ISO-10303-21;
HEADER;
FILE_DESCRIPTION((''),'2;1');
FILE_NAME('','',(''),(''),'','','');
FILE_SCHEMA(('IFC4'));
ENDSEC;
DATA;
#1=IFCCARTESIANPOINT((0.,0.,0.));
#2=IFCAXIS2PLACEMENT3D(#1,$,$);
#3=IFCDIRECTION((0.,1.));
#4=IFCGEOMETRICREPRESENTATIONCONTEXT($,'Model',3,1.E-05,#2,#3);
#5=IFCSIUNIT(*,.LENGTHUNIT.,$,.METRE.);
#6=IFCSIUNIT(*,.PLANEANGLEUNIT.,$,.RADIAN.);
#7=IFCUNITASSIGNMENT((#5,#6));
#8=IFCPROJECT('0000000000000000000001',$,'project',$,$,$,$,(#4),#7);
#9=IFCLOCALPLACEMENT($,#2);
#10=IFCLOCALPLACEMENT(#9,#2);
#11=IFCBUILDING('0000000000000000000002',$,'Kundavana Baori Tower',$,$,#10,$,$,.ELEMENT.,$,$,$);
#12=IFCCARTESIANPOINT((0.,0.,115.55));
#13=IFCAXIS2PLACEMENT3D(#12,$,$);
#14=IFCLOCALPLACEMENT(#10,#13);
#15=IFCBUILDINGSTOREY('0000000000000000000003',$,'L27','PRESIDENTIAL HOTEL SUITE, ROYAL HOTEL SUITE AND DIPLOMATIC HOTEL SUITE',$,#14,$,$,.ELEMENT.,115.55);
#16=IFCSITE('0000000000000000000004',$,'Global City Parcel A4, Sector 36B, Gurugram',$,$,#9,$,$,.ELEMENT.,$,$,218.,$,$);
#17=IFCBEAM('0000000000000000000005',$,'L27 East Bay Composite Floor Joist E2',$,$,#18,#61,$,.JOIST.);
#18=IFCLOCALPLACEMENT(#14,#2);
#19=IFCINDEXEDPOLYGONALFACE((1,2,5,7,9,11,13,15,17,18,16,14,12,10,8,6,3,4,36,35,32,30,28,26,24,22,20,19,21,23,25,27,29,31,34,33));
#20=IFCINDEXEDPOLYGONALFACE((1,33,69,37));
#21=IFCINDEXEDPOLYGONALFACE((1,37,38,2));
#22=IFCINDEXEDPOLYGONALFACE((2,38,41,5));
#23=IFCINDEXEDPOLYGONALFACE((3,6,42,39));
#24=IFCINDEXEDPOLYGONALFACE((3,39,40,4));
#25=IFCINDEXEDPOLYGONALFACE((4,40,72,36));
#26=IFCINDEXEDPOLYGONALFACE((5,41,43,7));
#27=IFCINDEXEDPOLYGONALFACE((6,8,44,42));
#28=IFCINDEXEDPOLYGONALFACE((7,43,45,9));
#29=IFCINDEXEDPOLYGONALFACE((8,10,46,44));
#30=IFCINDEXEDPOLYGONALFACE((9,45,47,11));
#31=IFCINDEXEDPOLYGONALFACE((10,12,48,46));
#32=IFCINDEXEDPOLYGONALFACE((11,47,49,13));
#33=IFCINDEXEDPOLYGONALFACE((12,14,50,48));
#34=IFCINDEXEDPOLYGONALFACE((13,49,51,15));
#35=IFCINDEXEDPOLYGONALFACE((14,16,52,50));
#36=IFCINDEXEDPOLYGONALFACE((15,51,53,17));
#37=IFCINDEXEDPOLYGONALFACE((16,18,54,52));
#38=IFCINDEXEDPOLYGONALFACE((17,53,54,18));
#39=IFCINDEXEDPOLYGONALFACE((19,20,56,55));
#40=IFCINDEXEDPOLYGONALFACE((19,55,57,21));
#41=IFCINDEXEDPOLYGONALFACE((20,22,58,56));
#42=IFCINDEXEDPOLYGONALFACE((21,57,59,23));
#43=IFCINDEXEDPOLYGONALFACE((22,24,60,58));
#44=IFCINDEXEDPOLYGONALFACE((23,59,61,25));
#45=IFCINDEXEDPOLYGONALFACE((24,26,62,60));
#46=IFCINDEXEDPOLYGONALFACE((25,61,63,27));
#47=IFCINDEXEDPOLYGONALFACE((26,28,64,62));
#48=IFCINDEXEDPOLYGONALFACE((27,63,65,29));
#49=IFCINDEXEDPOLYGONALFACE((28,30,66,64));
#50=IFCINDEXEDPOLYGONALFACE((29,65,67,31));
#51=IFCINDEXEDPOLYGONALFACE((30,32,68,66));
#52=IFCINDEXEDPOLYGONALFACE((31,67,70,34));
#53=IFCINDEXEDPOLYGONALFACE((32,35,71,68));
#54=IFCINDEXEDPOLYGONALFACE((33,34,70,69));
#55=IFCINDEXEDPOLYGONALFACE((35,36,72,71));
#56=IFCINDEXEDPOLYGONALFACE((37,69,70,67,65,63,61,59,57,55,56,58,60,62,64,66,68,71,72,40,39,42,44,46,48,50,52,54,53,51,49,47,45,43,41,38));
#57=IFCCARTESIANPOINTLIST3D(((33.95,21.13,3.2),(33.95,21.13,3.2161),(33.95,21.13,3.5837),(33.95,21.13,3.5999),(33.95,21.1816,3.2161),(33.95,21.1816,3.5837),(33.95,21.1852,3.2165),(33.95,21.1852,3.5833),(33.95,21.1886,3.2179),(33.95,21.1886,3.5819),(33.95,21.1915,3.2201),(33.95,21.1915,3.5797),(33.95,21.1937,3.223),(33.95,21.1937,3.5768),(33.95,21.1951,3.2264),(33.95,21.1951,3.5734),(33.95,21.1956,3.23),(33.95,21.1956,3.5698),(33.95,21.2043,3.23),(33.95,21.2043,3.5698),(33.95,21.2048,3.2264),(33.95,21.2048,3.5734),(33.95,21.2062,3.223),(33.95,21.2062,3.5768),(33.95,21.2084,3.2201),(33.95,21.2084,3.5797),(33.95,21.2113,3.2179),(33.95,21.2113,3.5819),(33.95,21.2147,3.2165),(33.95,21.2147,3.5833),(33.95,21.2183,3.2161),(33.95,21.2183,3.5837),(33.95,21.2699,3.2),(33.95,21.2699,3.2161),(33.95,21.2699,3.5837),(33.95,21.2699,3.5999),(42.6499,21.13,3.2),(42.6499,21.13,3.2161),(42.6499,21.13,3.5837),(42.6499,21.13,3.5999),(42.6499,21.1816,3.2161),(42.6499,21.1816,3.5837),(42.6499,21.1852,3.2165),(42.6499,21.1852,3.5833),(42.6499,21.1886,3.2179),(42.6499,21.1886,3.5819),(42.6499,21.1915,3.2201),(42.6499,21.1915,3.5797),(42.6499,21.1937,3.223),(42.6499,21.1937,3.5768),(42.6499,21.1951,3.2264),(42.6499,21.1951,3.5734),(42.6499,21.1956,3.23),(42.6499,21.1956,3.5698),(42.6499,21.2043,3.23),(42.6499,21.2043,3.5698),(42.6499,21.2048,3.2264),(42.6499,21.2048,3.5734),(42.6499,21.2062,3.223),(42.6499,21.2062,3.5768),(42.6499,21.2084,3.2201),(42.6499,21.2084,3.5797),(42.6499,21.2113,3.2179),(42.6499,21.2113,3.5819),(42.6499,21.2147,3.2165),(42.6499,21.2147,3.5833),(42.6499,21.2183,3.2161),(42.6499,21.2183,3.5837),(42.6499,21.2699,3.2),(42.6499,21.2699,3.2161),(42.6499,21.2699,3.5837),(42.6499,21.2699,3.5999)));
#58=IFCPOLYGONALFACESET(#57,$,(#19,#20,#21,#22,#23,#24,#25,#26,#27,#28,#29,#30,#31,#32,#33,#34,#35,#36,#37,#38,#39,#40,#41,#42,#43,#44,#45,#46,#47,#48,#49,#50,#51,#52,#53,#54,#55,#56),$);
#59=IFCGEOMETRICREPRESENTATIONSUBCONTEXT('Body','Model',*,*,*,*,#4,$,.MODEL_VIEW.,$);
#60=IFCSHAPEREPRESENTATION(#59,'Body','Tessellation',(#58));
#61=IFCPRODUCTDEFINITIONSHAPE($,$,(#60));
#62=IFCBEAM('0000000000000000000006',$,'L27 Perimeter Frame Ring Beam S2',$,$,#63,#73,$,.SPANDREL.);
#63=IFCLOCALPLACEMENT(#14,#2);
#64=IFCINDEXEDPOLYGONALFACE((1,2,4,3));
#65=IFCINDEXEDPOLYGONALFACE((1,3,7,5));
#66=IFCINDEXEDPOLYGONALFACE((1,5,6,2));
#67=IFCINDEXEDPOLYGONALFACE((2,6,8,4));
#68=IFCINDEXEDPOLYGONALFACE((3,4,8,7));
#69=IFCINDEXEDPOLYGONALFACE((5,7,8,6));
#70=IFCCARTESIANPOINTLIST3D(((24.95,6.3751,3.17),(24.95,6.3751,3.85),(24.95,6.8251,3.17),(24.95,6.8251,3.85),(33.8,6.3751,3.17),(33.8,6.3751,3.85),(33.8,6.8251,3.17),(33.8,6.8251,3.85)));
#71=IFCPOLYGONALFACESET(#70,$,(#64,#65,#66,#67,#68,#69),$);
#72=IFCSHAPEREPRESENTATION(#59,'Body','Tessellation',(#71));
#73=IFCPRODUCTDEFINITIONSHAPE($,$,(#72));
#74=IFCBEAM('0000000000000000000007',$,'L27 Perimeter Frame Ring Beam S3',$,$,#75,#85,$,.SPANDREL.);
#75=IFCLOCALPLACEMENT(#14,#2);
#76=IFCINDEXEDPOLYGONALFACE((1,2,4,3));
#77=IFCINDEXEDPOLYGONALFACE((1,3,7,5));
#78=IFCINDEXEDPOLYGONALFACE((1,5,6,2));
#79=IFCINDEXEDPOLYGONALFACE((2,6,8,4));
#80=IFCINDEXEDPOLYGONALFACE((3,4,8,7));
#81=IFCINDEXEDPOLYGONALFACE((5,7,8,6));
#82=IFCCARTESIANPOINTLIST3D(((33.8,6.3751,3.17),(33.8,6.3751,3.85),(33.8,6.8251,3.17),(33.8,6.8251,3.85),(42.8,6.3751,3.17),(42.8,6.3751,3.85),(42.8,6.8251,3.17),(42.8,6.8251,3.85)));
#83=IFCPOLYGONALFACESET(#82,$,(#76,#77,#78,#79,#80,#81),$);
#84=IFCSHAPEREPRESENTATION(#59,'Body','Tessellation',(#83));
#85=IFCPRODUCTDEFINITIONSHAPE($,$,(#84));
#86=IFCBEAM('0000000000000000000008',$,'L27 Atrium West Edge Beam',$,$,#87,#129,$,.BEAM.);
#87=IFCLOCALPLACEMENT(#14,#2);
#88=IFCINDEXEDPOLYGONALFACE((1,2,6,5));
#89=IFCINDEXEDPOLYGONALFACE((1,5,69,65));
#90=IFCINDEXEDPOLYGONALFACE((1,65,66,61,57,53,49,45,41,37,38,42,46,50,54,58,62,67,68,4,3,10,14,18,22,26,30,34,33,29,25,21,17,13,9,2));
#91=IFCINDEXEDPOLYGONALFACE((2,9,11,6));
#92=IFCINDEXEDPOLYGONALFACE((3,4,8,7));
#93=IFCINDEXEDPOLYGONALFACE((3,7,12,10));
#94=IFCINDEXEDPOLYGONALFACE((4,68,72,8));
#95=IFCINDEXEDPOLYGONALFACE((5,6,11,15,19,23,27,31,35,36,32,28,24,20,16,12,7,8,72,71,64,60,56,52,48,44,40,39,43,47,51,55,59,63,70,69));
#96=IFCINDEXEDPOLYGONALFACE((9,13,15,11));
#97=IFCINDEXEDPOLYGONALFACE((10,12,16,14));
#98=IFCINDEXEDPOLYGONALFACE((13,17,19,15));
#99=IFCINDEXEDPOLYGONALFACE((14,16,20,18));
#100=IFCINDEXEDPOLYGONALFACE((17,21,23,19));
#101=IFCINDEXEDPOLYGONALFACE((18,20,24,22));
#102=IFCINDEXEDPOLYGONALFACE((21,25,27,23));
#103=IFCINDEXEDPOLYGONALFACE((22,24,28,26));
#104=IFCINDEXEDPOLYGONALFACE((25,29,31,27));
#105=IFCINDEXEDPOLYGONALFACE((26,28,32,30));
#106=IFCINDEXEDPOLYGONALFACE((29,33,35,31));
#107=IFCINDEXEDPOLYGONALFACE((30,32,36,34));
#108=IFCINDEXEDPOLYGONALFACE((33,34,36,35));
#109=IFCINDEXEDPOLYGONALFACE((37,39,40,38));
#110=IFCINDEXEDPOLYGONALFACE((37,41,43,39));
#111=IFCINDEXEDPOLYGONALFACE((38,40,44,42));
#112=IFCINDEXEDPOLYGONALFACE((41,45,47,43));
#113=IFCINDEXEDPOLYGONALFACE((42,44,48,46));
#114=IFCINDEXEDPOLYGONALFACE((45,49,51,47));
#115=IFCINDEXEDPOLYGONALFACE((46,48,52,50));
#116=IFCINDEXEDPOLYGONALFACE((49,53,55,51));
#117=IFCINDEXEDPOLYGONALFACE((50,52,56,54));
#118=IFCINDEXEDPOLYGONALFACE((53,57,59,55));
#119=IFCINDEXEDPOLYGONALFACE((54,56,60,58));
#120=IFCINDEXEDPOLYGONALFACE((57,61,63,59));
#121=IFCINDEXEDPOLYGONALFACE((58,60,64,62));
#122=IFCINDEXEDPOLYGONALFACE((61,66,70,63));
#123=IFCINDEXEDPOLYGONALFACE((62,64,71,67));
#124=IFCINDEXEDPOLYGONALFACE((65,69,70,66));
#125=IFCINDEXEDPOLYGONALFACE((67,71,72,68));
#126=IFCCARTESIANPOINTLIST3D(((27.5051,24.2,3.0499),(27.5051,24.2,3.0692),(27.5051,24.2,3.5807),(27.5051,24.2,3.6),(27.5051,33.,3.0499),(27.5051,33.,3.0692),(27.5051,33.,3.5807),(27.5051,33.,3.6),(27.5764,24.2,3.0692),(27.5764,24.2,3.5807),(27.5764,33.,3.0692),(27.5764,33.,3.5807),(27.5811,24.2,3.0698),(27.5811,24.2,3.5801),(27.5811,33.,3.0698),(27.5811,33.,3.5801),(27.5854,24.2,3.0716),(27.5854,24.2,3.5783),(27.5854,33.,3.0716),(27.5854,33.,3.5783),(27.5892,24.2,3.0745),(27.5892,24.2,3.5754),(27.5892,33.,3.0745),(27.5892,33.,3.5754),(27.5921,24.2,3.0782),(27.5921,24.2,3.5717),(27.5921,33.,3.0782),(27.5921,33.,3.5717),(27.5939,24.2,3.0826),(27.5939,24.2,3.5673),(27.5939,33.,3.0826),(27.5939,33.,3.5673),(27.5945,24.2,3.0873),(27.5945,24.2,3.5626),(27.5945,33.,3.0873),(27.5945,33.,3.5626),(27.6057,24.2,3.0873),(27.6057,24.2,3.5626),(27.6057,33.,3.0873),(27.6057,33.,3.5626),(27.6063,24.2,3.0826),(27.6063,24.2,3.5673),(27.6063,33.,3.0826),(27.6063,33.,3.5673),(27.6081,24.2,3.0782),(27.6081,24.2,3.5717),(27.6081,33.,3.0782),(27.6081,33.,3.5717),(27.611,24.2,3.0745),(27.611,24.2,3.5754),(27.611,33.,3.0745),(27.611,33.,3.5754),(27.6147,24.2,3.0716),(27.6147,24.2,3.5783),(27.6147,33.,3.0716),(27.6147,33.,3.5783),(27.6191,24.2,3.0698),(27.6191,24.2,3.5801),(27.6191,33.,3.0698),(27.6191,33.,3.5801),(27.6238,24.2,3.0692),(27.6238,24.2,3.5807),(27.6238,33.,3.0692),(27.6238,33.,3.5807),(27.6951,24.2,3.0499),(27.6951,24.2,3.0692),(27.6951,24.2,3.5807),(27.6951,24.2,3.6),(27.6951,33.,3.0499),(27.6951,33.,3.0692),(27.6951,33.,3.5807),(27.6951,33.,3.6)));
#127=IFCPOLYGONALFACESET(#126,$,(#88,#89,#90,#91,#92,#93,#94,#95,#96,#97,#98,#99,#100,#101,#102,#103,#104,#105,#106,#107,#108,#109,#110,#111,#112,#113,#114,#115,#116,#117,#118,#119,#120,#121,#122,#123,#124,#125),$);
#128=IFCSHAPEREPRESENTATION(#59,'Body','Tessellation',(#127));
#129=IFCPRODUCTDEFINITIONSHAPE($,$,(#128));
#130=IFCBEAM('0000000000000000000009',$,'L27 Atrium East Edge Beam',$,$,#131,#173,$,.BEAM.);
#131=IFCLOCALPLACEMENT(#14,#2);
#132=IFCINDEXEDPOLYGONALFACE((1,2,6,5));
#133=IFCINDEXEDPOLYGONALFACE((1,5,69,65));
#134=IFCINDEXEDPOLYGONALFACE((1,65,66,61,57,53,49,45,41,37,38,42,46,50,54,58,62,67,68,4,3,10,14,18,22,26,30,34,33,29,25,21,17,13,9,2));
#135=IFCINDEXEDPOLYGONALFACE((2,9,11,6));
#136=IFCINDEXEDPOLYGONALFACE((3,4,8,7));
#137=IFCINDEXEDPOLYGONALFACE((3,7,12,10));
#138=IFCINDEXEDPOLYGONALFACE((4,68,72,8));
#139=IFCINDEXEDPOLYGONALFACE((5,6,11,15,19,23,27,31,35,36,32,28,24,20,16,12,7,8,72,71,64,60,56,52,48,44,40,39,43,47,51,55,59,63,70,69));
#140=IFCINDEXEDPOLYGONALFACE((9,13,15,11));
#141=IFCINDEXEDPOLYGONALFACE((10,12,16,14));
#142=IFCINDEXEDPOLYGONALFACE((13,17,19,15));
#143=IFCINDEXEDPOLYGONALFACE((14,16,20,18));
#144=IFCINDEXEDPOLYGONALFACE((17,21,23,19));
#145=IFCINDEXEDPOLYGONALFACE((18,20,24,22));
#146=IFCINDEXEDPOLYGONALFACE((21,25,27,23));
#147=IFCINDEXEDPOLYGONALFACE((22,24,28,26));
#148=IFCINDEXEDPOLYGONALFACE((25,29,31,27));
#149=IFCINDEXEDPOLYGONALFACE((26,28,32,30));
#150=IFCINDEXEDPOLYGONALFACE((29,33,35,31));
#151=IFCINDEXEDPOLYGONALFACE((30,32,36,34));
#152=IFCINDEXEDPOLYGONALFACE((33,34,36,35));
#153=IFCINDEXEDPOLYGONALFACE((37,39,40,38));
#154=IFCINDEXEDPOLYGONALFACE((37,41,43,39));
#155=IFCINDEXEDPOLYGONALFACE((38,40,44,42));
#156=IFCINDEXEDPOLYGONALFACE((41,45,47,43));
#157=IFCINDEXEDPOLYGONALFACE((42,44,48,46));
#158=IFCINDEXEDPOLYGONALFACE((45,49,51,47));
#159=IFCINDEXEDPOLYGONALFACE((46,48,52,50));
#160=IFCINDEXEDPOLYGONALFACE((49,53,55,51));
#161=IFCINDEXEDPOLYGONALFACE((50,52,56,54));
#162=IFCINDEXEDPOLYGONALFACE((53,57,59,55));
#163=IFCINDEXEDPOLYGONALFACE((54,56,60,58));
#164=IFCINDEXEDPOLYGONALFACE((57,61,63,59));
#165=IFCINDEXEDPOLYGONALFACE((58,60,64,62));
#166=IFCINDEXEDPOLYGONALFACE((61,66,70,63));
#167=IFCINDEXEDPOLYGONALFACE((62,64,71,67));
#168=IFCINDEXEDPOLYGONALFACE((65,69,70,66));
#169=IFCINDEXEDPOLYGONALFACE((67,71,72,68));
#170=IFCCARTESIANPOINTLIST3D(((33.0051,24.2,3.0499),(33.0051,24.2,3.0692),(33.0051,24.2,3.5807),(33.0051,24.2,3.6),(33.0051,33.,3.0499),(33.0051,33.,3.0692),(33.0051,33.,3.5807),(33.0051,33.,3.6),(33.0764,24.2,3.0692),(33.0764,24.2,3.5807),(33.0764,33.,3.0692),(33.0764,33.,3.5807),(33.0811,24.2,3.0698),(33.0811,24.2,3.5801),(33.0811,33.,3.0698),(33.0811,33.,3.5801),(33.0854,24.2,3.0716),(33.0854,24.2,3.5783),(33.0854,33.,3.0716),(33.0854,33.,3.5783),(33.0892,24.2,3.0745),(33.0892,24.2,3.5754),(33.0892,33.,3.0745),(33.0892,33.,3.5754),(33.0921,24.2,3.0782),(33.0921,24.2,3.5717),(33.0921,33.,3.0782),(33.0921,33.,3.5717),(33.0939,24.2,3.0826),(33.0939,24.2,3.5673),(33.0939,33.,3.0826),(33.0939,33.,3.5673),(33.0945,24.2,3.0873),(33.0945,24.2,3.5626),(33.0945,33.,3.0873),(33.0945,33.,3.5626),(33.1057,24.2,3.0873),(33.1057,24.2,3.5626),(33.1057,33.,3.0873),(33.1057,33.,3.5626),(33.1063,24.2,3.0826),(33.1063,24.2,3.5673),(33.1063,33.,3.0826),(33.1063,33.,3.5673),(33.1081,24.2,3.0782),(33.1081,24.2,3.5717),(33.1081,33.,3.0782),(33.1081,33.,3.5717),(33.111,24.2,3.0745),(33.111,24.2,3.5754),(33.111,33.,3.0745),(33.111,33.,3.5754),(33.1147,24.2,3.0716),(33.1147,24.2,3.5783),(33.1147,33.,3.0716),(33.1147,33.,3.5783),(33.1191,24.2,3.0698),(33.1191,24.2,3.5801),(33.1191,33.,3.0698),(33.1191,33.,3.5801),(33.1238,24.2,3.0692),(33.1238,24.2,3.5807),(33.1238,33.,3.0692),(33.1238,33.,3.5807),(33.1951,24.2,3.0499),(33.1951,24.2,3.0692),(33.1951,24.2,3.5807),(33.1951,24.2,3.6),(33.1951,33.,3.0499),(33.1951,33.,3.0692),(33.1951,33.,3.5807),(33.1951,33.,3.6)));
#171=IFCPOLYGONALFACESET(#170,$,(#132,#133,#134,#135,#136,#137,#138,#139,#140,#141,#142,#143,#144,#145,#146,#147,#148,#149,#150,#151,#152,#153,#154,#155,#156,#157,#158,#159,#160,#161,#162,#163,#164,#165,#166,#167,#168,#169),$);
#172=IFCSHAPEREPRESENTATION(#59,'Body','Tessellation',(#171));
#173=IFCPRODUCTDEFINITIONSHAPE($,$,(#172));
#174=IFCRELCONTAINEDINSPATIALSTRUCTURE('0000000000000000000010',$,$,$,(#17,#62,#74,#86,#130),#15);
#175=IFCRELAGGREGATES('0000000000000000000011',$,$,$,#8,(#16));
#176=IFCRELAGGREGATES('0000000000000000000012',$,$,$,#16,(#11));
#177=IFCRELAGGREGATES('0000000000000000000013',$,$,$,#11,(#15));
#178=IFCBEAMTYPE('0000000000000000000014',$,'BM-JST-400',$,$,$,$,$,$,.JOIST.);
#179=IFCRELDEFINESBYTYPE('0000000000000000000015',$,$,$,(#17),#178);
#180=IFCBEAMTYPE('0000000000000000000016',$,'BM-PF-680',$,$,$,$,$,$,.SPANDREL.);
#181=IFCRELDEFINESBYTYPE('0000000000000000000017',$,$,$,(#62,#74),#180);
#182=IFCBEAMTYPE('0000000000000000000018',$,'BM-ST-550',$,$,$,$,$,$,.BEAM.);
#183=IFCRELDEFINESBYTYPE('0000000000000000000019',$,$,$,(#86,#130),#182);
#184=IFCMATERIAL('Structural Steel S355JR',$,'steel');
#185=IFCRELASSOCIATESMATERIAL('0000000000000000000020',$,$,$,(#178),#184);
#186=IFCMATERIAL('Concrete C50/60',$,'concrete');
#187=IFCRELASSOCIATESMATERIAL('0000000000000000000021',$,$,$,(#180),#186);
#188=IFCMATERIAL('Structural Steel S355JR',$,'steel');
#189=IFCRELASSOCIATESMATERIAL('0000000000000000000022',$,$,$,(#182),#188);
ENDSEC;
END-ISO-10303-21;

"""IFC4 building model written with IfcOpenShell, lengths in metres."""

from ifc_helpers import new_model, si_unit, direction, frame, origin, origin_2d, place, context, subcontext, project, spatial, rectangle, i_section, extrude, material, material_profile, profile_set, type_object, element, save


model = new_model("IFC4")

# Units and contexts
model_context = context("Model", 3, precision=1e-05, world=origin(), true_north=direction((0.0, 1.0)))
body_context = subcontext(model_context, "Body", "Model", "MODEL_VIEW")
ifc_project = project(units=[si_unit("LENGTHUNIT", "METRE"), si_unit("PLANEANGLEUNIT", "RADIAN")], contexts=[model_context])

# Site, building, storey
site_placement = place(None, origin())
site = spatial("IfcSite", under=ifc_project, at=site_placement, Name="Global City Parcel A4, Sector 36B, Gurugram", CompositionType="ELEMENT", RefElevation=218.0)
building_placement = place(site_placement, origin())
building = spatial("IfcBuilding", under=site, at=building_placement, Name="Kundavana Baori Tower", CompositionType="ELEMENT")
storey_placement = place(building_placement, frame((0.0, 0.0, 115.55)))
storey = spatial("IfcBuildingStorey", under=building, at=storey_placement, Name="L27", Description="PRESIDENTIAL HOTEL SUITE, ROYAL HOTEL SUITE AND DIPLOMATIC HOTEL SUITE", CompositionType="ELEMENT", Elevation=115.55)

# Beams
ifc_material_1 = material(Name="Structural Steel S355JR", Category="steel")
ifc_material_profile_1 = material_profile(ifc_material_1, i_section(OverallWidth=0.1399, OverallDepth=0.3999, WebThickness=0.0088, FlangeThickness=0.0161, FilletRadius=0.0139, at=origin_2d()), Name="ISMB 400")
ifc_profile_set_1 = profile_set([ifc_material_profile_1], Name="Structural Steel S355JR")
beam_type_1 = type_object("IfcBeamType", Name="BM-JST-400", PredefinedType="JOIST", material=ifc_profile_set_1)
for number, where, z_axis, x_axis, name in (
    (1, (33.95, 21.2, 3.3999), (1.0, 0.0, 0.0), (0.0, 1.0, 0.0), "L27 East Bay Composite Floor Joist E2"),
):
    element("IfcBeam", number, at=place(storey_placement, frame(where, z_axis=z_axis, x_axis=x_axis)), inside=storey, type_object=beam_type_1, Name=name, PredefinedType="JOIST", context=body_context, shape_type="SweptSolid", body=[
        extrude(i_section(OverallWidth=0.1399, OverallDepth=0.3999, WebThickness=0.0088, FlangeThickness=0.0161, FilletRadius=0.0139, at=origin_2d()), origin(), (0.0, 0.0, 1.0), 8.7),
    ])
ifc_material_2 = material(Name="Concrete C50/60", Category="concrete")
ifc_material_profile_2 = material_profile(ifc_material_2, rectangle(XDim=0.45, YDim=0.6799, at=origin_2d()), Name="RC BM 450x680")
ifc_profile_set_2 = profile_set([ifc_material_profile_2], Name="Concrete C50/60")
beam_type_2 = type_object("IfcBeamType", Name="BM-PF-680", PredefinedType="SPANDREL", material=ifc_profile_set_2)
beam_1_placement = place(storey_placement, frame((24.95, 6.6001, 3.51), z_axis=(1.0, 0.0, 0.0), x_axis=(0.0, 1.0, 0.0)))
element("IfcBeam", 2, at=beam_1_placement, inside=storey, type_object=beam_type_2, Name="L27 Perimeter Frame Ring Beam S2", PredefinedType="SPANDREL", context=body_context, shape_type="SweptSolid", body=[
    extrude(rectangle(XDim=0.45, YDim=0.6799, at=origin_2d()), origin(), (0.0, 0.0, 1.0), 8.8501),
])
beam_2_placement = place(storey_placement, frame((33.8, 6.6001, 3.51), z_axis=(1.0, 0.0, 0.0), x_axis=(0.0, 1.0, 0.0)))
element("IfcBeam", 3, at=beam_2_placement, inside=storey, type_object=beam_type_2, Name="L27 Perimeter Frame Ring Beam S3", PredefinedType="SPANDREL", context=body_context, shape_type="SweptSolid", body=[
    extrude(rectangle(XDim=0.45, YDim=0.6799, at=origin_2d()), origin(), (0.0, 0.0, 1.0), 9.0),
])
ifc_material_3 = material(Name="Structural Steel S355JR", Category="steel")
ifc_material_profile_3 = material_profile(ifc_material_3, i_section(OverallWidth=0.1899, OverallDepth=0.55, WebThickness=0.0112, FlangeThickness=0.0193, FilletRadius=0.0181, at=origin_2d()), Name="ISMB 550")
ifc_profile_set_3 = profile_set([ifc_material_profile_3], Name="Structural Steel S355JR")
beam_type_3 = type_object("IfcBeamType", Name="BM-ST-550", PredefinedType="BEAM", material=ifc_profile_set_3)
for number, where, z_axis, x_axis, name in (
    (4, (27.6001, 24.2, 3.325), (0.0, 1.0, 0.0), (-1.0, 0.0, 0.0), "L27 Atrium West Edge Beam"),
    (5, (33.1001, 24.2, 3.325), (0.0, 1.0, 0.0), (-1.0, 0.0, 0.0), "L27 Atrium East Edge Beam"),
):
    element("IfcBeam", number, at=place(storey_placement, frame(where, z_axis=z_axis, x_axis=x_axis)), inside=storey, type_object=beam_type_3, Name=name, PredefinedType="BEAM", context=body_context, shape_type="SweptSolid", body=[
        extrude(i_section(OverallWidth=0.1899, OverallDepth=0.55, WebThickness=0.0112, FlangeThickness=0.0193, FilletRadius=0.0181, at=origin_2d()), origin(), (0.0, 0.0, 1.0), 8.8),
    ])

save(model, "model.ifc")
